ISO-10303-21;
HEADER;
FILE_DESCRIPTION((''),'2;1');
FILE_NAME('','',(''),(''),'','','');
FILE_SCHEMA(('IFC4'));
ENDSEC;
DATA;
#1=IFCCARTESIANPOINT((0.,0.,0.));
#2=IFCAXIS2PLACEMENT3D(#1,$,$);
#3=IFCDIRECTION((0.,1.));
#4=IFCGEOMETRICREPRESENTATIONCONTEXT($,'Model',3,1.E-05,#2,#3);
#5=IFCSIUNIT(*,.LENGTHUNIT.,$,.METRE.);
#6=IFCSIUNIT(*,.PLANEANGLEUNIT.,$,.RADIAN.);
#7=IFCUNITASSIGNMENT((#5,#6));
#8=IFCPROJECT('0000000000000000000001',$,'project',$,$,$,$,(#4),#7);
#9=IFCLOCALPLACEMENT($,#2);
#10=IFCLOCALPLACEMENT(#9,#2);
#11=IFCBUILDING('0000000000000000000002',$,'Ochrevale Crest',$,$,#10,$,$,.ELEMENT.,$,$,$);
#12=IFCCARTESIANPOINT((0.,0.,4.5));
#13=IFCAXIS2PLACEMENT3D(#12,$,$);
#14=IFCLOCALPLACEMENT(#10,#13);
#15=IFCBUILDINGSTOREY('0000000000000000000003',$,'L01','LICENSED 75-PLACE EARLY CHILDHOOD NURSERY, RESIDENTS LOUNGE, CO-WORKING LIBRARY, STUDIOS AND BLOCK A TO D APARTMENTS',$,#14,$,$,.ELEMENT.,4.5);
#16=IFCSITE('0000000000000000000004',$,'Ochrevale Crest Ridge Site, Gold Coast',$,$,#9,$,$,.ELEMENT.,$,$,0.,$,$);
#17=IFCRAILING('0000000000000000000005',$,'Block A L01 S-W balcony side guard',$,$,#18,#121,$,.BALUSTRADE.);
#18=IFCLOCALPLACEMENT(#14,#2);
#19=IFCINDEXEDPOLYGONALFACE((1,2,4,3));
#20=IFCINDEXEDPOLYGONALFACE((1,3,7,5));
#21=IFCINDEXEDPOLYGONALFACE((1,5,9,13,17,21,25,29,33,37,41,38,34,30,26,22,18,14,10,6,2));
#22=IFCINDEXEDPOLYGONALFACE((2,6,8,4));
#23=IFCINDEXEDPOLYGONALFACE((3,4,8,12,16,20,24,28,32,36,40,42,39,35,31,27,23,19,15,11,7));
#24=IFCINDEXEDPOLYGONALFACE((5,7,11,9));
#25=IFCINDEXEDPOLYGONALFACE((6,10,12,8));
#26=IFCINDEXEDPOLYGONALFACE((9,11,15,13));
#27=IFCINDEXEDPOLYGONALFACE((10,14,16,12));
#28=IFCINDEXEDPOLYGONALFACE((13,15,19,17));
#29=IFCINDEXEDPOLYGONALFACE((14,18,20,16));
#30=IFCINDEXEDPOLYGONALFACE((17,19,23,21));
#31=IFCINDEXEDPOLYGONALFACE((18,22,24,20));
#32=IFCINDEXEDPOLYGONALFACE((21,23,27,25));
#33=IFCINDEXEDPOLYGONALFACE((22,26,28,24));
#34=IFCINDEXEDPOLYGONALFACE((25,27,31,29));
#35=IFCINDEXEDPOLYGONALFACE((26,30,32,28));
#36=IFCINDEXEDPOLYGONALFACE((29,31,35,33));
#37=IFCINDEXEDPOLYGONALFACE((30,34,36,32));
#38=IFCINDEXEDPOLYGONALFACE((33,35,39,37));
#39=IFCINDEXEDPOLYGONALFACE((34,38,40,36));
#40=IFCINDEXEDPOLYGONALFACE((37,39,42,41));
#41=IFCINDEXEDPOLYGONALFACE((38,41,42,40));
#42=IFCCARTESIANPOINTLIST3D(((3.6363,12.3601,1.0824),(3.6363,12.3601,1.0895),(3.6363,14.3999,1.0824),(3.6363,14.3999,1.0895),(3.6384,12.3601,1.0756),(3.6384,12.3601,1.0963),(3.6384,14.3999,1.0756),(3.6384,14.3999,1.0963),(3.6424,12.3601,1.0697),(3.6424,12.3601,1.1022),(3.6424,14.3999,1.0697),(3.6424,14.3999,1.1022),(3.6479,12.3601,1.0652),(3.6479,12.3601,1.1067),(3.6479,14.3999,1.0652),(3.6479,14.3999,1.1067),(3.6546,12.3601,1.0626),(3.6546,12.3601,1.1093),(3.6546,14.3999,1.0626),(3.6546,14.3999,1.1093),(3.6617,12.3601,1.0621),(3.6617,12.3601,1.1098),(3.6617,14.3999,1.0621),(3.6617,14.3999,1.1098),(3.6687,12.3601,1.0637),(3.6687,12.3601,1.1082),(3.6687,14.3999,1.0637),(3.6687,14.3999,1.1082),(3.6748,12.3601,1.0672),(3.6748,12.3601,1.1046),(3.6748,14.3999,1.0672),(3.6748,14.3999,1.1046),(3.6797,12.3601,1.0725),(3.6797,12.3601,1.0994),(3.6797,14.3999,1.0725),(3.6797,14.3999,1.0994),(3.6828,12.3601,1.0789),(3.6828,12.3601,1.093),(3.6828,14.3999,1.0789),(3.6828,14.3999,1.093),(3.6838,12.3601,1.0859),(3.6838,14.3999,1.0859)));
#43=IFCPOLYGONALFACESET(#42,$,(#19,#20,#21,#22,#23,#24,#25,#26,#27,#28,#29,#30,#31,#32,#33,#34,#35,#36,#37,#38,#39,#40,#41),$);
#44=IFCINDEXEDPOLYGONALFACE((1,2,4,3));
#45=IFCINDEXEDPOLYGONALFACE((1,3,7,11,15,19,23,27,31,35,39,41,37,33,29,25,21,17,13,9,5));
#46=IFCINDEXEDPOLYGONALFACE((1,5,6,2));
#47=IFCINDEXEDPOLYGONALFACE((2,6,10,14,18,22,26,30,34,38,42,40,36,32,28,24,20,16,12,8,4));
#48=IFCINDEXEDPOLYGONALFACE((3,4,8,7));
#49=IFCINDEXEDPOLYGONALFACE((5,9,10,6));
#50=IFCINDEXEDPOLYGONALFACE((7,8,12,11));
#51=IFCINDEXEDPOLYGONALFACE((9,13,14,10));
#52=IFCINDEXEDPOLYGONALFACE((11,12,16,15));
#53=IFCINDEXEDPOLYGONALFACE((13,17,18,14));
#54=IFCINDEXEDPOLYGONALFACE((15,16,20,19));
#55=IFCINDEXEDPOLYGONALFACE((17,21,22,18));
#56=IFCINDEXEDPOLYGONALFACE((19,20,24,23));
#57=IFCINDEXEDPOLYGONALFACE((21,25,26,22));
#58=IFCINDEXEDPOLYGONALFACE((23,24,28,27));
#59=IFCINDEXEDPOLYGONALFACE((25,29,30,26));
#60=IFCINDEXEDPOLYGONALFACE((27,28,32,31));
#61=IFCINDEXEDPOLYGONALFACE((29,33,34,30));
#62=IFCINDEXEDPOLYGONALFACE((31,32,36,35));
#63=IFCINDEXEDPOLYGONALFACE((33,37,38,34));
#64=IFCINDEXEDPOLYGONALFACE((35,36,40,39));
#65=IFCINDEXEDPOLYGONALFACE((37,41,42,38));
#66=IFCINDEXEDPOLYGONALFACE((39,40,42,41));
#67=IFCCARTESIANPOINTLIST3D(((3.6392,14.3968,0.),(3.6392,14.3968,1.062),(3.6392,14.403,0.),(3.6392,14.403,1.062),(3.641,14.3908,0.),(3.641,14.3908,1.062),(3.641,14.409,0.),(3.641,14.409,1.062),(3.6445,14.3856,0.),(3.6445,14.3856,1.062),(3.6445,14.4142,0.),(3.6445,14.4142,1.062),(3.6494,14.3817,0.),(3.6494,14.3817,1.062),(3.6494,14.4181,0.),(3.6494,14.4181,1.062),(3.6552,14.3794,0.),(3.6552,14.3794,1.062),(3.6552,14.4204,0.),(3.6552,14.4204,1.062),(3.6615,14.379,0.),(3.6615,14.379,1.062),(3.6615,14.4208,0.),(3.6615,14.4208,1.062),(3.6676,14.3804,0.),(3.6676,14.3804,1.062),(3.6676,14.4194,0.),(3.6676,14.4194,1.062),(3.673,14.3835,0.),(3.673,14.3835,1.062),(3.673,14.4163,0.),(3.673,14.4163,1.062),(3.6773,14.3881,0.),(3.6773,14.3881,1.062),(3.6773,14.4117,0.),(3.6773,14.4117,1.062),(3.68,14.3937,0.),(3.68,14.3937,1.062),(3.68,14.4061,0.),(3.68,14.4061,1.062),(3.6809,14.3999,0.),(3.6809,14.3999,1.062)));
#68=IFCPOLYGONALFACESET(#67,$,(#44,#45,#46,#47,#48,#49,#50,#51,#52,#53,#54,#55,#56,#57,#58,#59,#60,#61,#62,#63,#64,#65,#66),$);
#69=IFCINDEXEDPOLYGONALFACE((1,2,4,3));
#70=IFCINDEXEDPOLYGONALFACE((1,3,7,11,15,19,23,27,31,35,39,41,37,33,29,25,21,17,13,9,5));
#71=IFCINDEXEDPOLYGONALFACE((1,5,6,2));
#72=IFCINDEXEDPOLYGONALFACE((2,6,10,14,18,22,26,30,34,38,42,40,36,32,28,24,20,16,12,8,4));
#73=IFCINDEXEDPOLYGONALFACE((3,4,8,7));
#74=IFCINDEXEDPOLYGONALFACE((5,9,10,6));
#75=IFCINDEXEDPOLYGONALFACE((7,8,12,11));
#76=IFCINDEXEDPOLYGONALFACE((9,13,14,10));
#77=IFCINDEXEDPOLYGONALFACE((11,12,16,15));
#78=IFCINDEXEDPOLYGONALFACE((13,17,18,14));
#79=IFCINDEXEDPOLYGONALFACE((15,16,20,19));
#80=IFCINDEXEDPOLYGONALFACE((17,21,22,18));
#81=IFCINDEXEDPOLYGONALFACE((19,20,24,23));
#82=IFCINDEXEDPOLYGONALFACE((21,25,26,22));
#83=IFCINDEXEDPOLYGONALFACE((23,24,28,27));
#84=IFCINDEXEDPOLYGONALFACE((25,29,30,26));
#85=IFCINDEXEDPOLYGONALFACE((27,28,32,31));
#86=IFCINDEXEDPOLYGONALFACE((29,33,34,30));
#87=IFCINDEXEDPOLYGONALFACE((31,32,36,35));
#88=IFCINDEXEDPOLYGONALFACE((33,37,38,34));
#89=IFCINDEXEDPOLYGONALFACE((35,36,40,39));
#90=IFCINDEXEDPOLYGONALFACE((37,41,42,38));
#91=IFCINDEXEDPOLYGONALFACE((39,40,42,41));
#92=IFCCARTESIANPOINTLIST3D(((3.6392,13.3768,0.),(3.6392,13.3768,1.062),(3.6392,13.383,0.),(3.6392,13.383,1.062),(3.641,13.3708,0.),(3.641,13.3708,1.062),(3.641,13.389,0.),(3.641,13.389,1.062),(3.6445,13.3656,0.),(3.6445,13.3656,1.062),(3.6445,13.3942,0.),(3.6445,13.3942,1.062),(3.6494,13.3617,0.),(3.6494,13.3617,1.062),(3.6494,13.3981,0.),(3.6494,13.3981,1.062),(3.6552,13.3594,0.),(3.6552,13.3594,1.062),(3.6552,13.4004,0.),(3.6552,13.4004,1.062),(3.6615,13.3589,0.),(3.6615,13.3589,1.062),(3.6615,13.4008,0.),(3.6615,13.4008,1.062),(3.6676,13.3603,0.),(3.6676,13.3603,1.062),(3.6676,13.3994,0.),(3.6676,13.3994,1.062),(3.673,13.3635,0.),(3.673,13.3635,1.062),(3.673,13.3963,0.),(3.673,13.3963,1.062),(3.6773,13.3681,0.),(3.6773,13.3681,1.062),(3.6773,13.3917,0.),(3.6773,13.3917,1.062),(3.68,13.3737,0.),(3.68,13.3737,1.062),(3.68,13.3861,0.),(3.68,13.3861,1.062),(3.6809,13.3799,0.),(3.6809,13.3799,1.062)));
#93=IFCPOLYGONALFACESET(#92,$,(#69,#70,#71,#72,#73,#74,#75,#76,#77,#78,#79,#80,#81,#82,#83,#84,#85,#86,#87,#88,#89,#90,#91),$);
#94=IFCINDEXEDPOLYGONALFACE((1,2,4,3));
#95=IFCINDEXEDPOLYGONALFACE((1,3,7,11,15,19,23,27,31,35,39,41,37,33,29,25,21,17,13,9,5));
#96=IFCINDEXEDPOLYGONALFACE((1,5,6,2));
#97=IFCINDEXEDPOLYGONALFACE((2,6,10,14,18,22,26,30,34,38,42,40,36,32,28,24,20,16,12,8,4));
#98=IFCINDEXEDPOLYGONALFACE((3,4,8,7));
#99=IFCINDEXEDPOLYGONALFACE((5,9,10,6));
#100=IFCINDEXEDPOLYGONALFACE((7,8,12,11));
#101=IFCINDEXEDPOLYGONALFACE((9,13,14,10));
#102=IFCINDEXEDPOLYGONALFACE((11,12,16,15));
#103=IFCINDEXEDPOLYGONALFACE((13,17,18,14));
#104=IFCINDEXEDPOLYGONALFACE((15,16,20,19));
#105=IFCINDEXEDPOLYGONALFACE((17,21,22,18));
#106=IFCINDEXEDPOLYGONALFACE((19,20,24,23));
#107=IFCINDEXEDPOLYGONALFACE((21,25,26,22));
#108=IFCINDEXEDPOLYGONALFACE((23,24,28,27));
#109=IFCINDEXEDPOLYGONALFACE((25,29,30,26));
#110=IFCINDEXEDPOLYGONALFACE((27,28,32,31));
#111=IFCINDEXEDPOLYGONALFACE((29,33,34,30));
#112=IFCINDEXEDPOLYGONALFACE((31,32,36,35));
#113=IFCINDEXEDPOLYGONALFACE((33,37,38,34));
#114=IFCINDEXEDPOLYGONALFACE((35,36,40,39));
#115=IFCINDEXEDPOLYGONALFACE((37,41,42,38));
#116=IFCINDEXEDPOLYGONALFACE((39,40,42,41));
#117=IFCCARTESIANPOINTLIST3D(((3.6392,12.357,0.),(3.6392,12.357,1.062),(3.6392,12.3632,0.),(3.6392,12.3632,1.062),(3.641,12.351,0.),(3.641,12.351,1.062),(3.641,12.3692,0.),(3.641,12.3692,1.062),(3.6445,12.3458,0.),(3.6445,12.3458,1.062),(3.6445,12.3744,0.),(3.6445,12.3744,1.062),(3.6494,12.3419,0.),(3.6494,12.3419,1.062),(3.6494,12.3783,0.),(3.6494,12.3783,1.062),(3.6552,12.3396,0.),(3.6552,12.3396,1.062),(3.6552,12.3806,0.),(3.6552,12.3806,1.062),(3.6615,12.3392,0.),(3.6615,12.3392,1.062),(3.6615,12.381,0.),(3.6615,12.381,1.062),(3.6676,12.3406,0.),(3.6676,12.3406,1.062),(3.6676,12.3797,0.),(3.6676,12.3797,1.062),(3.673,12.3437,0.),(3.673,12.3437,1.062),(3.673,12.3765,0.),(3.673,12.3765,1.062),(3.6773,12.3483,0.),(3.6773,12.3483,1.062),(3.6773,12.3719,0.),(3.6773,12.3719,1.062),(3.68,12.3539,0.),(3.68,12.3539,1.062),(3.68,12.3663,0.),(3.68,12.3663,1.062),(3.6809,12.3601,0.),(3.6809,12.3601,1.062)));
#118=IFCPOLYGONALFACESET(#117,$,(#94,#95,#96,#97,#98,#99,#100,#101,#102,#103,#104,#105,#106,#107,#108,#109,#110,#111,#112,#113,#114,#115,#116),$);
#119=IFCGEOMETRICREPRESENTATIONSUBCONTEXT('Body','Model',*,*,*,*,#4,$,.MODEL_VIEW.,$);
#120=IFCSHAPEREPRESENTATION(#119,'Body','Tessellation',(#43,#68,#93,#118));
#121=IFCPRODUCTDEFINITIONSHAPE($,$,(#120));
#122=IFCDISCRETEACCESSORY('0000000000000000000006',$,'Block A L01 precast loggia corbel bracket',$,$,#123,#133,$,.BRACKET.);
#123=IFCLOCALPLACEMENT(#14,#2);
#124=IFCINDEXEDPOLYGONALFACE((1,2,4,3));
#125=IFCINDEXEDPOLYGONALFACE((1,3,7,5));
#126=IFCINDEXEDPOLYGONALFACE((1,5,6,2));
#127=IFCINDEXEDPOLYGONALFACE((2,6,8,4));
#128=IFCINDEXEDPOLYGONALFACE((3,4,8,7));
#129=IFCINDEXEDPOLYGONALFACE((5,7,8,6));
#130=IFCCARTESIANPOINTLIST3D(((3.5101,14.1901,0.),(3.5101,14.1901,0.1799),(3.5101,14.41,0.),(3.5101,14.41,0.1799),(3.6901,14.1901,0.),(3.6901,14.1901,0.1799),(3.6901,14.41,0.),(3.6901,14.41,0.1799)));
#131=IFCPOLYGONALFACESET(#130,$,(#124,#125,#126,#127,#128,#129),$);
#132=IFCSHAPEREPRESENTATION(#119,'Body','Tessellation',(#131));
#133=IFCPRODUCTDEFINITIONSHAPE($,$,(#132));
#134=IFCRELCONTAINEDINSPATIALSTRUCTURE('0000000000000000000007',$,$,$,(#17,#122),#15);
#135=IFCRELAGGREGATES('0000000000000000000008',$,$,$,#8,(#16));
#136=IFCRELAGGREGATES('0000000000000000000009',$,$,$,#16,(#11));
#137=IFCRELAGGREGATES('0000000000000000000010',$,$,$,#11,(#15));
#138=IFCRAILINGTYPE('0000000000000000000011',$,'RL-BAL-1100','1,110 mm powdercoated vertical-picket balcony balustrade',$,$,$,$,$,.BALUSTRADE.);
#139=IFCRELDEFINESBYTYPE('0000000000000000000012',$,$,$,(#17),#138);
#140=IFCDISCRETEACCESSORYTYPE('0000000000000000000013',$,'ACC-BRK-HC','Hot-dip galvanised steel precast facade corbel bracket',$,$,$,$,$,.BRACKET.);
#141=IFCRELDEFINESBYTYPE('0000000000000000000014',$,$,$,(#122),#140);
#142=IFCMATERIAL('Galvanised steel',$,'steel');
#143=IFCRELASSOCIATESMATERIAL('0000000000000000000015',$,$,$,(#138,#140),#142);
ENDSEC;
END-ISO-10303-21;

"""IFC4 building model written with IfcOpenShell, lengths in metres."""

from ifc_helpers import new_model, si_unit, direction, frame, origin, origin_2d, place, context, subcontext, project, spatial, rectangle, circle, extrude, material, type_object, element, save


model = new_model("IFC4")

# Units and contexts
model_context = context("Model", 3, precision=1e-05, world=origin(), true_north=direction((0.0, 1.0)))
body_context = subcontext(model_context, "Body", "Model", "MODEL_VIEW")
ifc_project = project(units=[si_unit("LENGTHUNIT", "METRE"), si_unit("PLANEANGLEUNIT", "RADIAN")], contexts=[model_context])

# Site, building, storey
site_placement = place(None, origin())
site = spatial("IfcSite", under=ifc_project, at=site_placement, Name="Ochrevale Crest Ridge Site, Gold Coast", CompositionType="ELEMENT", RefElevation=0.0)
building_placement = place(site_placement, origin())
building = spatial("IfcBuilding", under=site, at=building_placement, Name="Ochrevale Crest", CompositionType="ELEMENT")
storey_placement = place(building_placement, frame((0.0, 0.0, 4.5)))
storey = spatial("IfcBuildingStorey", under=building, at=storey_placement, Name="L01", Description="LICENSED 75-PLACE EARLY CHILDHOOD NURSERY, RESIDENTS LOUNGE, CO-WORKING LIBRARY, STUDIOS AND BLOCK A TO D APARTMENTS", CompositionType="ELEMENT", Elevation=4.5)

# Railing
ifc_material_1 = material(Name="Galvanised steel", Category="steel")
railing_type = type_object("IfcRailingType", Name="RL-BAL-1100", Description="1,110 mm powdercoated vertical-picket balcony balustrade", PredefinedType="BALUSTRADE", material=ifc_material_1)
railing_1_placement = place(storey_placement, frame((3.6599, 14.3999, 0.0)))
element("IfcRailing", 1, at=railing_1_placement, inside=storey, type_object=railing_type, Name="Block A L01 S-W balcony side guard", PredefinedType="BALUSTRADE", context=body_context, shape_type="SweptSolid", body=[
    extrude(circle(Radius=0.0239, at=origin_2d()), frame((0.0, 0.0, 1.0859), z_axis=(0.0, -1.0, 0.0), x_axis=(1.0, 0.0, 0.0)), (0.0, 0.0, 1.0), 2.0398),
    extrude(circle(Radius=0.021, at=origin_2d()), origin(), (0.0, 0.0, 1.0), 1.062),
    extrude(circle(Radius=0.021, at=origin_2d()), frame((0.0, -1.02, 0.0)), (0.0, 0.0, 1.0), 1.062),
    extrude(circle(Radius=0.021, at=origin_2d()), frame((0.0, -2.0398, 0.0)), (0.0, 0.0, 1.0), 1.062),
])

# Discrete accessory
discrete_accessory_type = type_object("IfcDiscreteAccessoryType", Name="ACC-BRK-HC", Description="Hot-dip galvanised steel precast facade corbel bracket", PredefinedType="BRACKET", material=ifc_material_1)
discrete_accessory_placement = place(storey_placement, frame((3.6001, 14.3, 0.0), z_axis=(0.0, 0.0, 1.0), x_axis=(1.0, 0.0, 0.0)))
element("IfcDiscreteAccessory", 2, at=discrete_accessory_placement, inside=storey, type_object=discrete_accessory_type, Name="Block A L01 precast loggia corbel bracket", PredefinedType="BRACKET", context=body_context, shape_type="SweptSolid", body=[
    extrude(rectangle(XDim=0.1799, YDim=0.22, at=origin_2d()), origin(), (0.0, 0.0, 1.0), 0.1799),
])

save(model, "model.ifc")
